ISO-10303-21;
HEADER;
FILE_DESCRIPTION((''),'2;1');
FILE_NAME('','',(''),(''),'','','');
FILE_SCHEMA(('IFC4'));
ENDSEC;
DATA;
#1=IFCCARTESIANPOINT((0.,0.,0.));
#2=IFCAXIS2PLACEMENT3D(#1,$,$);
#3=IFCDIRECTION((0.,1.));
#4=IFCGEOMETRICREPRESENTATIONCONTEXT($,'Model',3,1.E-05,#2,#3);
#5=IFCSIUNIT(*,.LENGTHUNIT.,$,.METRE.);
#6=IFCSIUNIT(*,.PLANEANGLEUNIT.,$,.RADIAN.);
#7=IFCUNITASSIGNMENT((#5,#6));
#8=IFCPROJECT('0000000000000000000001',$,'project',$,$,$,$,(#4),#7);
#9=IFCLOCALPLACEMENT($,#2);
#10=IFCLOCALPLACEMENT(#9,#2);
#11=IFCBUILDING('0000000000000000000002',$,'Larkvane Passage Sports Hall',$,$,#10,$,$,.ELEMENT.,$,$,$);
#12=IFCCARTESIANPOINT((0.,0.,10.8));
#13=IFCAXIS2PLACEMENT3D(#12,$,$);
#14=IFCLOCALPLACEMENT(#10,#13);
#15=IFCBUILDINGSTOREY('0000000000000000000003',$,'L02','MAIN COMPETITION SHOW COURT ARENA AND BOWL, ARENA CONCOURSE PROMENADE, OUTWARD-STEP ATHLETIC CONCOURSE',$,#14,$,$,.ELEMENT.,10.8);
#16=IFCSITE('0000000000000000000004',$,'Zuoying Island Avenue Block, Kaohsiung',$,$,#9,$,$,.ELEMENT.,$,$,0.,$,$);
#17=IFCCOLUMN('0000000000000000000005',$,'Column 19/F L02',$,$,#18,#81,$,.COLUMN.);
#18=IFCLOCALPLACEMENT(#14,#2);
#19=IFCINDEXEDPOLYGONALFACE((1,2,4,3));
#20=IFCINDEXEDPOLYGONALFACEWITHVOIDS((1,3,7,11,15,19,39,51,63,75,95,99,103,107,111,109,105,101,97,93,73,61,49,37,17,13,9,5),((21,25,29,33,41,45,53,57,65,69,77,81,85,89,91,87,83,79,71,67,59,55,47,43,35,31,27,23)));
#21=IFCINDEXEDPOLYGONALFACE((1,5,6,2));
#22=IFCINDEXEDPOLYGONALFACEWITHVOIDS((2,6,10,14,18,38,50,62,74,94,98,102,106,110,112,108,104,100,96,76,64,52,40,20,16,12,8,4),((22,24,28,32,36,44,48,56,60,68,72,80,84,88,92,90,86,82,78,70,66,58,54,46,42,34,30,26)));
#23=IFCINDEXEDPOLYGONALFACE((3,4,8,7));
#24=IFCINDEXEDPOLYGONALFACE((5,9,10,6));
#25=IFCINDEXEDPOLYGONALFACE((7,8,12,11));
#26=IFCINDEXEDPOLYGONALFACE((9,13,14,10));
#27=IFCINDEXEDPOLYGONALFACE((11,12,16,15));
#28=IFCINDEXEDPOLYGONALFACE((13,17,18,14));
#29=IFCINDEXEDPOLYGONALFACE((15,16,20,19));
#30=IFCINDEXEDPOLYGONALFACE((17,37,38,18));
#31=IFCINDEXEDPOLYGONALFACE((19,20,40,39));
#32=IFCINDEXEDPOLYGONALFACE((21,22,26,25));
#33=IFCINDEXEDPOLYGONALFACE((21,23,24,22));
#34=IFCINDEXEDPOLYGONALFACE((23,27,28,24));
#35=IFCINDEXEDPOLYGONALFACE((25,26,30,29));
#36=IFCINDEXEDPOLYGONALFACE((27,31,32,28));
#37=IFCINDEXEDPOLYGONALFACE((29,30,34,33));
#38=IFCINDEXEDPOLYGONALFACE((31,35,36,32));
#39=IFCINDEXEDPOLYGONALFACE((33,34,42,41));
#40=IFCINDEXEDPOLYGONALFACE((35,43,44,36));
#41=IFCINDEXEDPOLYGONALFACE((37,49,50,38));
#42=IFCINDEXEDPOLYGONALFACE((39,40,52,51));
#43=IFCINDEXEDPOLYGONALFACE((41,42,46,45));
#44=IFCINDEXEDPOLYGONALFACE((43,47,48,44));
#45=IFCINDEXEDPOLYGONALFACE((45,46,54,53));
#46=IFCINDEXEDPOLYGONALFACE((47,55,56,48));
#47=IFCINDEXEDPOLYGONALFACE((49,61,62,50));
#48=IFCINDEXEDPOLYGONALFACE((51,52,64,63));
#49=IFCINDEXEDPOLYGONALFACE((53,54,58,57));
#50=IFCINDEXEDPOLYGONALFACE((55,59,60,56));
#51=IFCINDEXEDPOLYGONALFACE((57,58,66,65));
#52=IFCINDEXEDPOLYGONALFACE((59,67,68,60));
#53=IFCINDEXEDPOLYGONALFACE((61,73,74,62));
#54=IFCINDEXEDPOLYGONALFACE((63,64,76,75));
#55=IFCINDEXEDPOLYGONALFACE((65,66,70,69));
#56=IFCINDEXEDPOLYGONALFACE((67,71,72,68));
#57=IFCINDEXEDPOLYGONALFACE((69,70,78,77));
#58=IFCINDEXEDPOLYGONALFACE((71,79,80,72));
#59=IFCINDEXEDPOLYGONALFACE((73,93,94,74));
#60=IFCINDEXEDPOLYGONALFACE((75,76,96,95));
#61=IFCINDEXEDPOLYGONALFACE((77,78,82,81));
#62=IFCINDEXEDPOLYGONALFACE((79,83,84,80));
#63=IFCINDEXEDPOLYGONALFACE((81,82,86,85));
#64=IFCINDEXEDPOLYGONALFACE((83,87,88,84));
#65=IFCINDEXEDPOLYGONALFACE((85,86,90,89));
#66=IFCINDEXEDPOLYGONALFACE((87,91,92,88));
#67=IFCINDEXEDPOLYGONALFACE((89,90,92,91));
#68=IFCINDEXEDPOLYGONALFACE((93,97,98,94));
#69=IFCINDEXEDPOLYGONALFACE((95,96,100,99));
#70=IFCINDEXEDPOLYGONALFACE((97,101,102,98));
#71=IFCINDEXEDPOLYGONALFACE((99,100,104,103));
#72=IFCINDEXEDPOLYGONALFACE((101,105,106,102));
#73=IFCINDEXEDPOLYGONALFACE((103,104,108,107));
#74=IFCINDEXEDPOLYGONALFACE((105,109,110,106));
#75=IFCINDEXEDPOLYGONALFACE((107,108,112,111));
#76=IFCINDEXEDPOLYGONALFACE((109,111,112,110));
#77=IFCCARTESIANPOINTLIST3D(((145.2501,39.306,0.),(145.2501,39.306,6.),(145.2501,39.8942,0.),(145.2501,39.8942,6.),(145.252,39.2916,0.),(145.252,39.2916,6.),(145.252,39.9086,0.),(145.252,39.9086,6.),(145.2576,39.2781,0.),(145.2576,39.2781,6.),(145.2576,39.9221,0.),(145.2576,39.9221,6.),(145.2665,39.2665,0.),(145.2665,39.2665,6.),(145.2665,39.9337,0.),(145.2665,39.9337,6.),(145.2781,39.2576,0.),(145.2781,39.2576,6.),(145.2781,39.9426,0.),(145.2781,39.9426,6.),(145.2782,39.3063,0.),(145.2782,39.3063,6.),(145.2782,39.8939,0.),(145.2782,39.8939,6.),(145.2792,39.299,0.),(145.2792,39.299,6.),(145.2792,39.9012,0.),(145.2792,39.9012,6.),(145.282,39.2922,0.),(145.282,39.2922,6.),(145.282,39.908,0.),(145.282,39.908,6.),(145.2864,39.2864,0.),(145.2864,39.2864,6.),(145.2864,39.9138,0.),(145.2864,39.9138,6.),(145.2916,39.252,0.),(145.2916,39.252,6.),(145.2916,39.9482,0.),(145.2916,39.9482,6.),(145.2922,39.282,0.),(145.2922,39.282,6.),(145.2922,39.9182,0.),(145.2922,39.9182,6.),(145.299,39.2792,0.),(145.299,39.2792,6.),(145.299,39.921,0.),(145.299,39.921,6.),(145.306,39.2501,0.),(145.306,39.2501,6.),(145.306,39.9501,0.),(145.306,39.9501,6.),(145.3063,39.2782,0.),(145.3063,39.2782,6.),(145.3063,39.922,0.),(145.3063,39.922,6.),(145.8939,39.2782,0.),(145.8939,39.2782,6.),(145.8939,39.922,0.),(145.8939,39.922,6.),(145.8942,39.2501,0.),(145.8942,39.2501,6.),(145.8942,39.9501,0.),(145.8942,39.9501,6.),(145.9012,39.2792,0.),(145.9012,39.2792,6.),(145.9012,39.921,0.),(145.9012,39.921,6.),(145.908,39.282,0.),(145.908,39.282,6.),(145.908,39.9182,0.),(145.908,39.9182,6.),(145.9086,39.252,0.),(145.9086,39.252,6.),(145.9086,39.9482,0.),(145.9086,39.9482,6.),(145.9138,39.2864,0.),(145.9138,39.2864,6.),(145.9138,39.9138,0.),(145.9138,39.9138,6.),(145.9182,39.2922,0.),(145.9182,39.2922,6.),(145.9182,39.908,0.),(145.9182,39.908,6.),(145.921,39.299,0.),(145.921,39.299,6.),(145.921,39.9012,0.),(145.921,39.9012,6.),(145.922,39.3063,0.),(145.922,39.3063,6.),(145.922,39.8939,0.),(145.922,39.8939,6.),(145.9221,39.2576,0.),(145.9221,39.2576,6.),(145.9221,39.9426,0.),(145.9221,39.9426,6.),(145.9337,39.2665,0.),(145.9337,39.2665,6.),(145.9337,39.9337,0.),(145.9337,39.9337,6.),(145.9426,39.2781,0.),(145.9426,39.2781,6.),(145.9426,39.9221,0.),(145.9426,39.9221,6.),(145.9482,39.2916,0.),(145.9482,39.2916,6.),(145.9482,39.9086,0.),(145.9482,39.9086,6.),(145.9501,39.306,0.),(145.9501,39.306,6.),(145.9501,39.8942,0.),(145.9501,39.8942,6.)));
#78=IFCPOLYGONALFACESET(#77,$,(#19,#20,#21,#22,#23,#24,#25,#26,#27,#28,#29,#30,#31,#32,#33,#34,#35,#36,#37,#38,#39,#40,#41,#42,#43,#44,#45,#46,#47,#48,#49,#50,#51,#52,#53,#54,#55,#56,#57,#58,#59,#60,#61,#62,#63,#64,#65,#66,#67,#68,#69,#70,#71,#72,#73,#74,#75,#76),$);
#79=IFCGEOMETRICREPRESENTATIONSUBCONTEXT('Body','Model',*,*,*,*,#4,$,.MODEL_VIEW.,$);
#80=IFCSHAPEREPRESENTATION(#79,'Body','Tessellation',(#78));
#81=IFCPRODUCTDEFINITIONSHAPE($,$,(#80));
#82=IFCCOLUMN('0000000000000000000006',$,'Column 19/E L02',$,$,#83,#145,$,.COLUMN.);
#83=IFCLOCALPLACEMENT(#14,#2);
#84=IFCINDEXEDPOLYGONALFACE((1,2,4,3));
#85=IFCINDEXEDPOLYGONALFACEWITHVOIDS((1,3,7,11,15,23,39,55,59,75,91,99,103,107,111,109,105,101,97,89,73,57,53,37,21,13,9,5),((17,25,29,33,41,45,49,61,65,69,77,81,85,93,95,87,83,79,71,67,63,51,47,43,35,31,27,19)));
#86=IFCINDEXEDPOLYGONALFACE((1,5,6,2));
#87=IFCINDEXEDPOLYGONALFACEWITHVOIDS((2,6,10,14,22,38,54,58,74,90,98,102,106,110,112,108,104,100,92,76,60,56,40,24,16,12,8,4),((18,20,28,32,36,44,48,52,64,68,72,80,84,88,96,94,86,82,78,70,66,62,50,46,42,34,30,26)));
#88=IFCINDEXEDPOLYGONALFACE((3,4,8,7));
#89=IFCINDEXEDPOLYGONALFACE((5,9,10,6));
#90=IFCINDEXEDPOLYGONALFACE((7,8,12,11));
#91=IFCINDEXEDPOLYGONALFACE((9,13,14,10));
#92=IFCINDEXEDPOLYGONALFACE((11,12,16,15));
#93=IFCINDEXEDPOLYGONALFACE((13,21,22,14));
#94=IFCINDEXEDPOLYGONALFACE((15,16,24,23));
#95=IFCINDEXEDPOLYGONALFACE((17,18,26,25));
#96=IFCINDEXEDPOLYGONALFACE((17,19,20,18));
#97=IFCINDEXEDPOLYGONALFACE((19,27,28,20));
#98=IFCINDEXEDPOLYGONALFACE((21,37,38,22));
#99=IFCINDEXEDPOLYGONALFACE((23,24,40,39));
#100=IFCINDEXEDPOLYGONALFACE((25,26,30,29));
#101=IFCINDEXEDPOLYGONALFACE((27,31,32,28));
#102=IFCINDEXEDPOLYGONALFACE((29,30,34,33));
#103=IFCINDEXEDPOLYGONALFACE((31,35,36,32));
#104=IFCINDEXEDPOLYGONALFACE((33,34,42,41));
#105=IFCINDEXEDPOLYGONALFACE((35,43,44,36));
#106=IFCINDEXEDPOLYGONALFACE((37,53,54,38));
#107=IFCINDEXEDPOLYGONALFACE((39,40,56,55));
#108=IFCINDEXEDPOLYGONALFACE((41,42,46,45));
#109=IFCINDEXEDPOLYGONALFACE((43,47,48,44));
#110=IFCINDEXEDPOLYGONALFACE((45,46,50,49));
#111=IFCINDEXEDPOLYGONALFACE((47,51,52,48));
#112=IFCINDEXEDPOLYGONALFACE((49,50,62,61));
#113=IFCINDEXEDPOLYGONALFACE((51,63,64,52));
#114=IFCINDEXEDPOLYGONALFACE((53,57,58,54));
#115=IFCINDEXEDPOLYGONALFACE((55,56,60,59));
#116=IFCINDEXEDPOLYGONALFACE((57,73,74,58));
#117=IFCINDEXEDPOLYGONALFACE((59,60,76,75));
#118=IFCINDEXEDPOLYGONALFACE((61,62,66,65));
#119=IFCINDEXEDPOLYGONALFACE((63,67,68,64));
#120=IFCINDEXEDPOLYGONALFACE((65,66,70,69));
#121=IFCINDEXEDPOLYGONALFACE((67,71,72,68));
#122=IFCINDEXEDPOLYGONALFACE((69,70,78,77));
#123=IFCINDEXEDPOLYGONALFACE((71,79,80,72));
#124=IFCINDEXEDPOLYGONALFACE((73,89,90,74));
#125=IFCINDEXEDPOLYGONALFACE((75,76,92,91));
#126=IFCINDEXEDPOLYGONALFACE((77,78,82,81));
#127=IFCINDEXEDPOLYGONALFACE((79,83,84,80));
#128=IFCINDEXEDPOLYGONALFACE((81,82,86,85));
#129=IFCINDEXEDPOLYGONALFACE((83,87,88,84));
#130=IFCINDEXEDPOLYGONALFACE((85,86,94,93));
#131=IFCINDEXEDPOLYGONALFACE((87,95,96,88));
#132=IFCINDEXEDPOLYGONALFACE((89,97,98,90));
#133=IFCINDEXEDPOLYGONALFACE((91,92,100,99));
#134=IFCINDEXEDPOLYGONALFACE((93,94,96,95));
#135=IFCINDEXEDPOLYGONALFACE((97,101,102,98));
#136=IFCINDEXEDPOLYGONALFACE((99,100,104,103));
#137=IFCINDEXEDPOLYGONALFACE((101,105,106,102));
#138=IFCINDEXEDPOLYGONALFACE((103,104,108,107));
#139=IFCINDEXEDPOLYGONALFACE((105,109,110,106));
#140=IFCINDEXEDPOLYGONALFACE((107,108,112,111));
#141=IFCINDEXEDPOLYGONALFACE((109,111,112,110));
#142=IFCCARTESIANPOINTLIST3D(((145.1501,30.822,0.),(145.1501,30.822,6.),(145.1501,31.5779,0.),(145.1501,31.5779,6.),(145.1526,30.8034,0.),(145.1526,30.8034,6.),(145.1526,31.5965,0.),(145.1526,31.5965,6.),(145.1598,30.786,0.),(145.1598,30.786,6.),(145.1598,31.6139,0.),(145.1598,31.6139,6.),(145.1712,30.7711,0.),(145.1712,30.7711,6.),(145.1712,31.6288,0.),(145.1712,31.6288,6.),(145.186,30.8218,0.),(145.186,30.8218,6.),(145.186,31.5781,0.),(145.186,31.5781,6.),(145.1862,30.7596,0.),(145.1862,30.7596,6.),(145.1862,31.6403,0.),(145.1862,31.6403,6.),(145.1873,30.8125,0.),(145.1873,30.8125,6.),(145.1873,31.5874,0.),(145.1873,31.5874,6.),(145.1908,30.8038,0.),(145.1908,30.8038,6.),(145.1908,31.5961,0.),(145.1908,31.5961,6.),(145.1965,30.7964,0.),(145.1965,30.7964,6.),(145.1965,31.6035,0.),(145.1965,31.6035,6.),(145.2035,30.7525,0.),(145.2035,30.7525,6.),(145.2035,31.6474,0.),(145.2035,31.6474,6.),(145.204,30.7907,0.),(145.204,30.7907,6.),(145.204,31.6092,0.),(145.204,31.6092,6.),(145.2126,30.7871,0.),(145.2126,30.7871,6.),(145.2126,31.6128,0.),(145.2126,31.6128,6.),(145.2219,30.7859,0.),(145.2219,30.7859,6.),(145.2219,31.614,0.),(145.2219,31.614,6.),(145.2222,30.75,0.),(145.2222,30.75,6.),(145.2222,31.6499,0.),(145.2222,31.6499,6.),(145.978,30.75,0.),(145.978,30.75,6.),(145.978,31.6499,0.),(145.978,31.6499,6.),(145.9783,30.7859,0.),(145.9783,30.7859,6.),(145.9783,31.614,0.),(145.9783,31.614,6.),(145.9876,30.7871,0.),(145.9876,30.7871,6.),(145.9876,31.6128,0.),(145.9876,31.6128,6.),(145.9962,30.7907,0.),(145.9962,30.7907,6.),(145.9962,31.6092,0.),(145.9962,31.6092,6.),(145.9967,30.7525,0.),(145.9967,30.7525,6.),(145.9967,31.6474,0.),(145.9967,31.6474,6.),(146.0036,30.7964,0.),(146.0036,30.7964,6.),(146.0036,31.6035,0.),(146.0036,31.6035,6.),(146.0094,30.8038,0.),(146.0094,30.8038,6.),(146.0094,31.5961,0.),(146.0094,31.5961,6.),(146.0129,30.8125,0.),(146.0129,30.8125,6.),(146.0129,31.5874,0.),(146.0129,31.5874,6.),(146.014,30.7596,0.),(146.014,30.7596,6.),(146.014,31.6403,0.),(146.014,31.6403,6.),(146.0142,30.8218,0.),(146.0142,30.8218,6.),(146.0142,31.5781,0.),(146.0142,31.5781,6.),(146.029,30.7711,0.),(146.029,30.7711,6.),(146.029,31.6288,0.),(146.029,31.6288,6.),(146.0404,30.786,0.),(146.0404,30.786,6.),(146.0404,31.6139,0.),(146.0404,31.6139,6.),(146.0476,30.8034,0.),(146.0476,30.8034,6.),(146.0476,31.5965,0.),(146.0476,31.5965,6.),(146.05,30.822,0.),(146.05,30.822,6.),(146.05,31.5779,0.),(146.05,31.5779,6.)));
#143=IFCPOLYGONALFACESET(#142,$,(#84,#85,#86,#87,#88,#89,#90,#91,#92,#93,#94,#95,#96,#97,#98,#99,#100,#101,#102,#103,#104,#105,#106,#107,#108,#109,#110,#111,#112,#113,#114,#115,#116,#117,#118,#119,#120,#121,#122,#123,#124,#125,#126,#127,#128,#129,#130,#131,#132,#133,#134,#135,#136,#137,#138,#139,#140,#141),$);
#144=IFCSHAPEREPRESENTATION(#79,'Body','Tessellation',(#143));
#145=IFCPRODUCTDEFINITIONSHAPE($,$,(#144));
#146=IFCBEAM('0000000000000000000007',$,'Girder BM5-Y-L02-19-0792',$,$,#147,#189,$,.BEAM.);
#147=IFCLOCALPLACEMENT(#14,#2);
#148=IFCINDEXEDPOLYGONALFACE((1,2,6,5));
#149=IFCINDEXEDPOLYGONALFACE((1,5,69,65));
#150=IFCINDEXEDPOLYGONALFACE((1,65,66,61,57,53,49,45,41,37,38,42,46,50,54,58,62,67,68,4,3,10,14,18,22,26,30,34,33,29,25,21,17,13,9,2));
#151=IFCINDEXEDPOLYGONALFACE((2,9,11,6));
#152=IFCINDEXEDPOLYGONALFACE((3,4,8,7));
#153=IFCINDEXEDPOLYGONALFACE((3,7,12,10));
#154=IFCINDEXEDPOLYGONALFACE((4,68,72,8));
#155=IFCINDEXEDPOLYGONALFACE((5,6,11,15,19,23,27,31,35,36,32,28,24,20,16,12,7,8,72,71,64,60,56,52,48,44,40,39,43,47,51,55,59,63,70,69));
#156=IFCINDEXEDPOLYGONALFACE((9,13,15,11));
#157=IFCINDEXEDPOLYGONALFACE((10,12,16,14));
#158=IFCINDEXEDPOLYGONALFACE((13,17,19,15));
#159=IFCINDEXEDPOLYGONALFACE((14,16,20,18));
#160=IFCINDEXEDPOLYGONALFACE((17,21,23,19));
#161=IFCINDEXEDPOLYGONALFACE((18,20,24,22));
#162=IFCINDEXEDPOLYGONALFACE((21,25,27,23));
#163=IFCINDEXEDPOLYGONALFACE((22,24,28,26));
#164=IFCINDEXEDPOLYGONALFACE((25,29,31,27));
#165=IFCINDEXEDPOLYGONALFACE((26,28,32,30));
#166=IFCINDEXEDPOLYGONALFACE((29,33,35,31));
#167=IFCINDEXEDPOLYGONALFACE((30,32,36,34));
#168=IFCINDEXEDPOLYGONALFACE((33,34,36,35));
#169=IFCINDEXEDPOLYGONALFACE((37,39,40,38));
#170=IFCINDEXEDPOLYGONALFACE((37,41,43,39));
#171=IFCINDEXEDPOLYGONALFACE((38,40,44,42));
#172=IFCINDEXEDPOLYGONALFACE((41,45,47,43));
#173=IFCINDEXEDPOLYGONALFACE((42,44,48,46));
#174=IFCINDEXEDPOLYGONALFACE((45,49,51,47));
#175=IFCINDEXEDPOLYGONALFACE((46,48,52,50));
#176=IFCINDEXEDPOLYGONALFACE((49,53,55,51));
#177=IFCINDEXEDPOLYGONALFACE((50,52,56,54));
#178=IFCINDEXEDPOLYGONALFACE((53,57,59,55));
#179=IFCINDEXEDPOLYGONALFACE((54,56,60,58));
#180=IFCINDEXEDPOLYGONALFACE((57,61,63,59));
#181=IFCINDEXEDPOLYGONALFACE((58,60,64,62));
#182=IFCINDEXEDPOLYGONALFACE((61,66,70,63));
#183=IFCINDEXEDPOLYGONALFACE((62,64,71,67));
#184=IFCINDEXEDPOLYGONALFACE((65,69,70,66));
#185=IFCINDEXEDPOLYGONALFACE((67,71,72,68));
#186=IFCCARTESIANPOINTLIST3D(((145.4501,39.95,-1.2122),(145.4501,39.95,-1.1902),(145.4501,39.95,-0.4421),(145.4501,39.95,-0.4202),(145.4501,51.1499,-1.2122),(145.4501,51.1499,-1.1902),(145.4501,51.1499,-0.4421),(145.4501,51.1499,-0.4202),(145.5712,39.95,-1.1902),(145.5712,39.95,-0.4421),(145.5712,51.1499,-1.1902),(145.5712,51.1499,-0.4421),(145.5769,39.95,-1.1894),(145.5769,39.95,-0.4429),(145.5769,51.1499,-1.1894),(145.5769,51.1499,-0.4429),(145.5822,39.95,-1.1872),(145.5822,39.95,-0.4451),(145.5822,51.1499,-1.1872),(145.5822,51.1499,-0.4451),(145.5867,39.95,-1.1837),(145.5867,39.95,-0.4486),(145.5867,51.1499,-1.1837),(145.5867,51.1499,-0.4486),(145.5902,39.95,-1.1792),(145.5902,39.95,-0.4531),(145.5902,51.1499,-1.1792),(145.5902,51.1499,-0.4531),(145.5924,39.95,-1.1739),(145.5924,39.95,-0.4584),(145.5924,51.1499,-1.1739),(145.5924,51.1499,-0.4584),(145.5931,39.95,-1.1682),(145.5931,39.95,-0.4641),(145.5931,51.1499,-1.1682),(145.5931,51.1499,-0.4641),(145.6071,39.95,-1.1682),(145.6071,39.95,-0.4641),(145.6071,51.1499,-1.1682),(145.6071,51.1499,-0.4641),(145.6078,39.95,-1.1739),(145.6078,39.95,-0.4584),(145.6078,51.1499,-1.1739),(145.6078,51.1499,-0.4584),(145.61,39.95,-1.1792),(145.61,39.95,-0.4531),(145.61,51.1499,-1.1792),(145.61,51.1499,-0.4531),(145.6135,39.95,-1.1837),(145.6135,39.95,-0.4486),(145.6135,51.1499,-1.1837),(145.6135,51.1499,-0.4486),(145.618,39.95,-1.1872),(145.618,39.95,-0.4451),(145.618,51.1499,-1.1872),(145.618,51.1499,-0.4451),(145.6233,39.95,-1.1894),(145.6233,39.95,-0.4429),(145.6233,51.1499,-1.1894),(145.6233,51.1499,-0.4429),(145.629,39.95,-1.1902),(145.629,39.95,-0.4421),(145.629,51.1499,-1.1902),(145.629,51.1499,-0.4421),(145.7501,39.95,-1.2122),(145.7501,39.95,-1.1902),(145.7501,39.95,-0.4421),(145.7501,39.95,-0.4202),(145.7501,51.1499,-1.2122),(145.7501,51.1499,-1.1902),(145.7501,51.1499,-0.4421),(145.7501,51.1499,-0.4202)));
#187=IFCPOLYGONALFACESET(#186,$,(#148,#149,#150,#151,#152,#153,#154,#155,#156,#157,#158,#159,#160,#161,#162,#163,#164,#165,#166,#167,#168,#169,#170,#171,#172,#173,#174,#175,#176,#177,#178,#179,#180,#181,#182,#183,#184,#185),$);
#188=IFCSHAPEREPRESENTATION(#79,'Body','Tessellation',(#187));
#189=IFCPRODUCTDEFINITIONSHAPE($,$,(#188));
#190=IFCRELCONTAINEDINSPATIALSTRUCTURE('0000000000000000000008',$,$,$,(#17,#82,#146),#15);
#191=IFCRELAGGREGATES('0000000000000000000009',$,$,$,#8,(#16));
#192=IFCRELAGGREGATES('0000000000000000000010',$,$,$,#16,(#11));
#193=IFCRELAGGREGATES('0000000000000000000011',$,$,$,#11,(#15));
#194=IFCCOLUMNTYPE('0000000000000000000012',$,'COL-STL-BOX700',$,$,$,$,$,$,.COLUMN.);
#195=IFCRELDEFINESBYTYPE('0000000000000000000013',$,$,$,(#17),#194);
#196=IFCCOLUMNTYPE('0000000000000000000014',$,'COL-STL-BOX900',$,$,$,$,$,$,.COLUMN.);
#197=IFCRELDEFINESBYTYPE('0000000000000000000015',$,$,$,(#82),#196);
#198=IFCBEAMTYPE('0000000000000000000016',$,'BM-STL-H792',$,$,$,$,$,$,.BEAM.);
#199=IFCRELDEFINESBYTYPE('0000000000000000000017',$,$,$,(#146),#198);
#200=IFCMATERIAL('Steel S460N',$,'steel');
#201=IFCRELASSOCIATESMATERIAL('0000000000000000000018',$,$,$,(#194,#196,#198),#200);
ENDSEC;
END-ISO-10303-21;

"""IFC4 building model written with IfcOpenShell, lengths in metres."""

from ifc_helpers import new_model, si_unit, direction, frame, origin, origin_2d, place, context, subcontext, project, spatial, hollow_rectangle, i_section, extrude, material, material_profile, profile_set, type_object, element, save


model = new_model("IFC4")

# Units and contexts
model_context = context("Model", 3, precision=1e-05, world=origin(), true_north=direction((0.0, 1.0)))
body_context = subcontext(model_context, "Body", "Model", "MODEL_VIEW")
ifc_project = project(units=[si_unit("LENGTHUNIT", "METRE"), si_unit("PLANEANGLEUNIT", "RADIAN")], contexts=[model_context])

# Site, building, storey
site_placement = place(None, origin())
site = spatial("IfcSite", under=ifc_project, at=site_placement, Name="Zuoying Island Avenue Block, Kaohsiung", CompositionType="ELEMENT", RefElevation=0.0)
building_placement = place(site_placement, origin())
building = spatial("IfcBuilding", under=site, at=building_placement, Name="Larkvane Passage Sports Hall", CompositionType="ELEMENT")
storey_placement = place(building_placement, frame((0.0, 0.0, 10.8)))
storey = spatial("IfcBuildingStorey", under=building, at=storey_placement, Name="L02", Description="MAIN COMPETITION SHOW COURT ARENA AND BOWL, ARENA CONCOURSE PROMENADE, OUTWARD-STEP ATHLETIC CONCOURSE", CompositionType="ELEMENT", Elevation=10.8)

# Columns
ifc_material_1 = material(Name="Steel S460N", Category="steel")
ifc_material_profile_1 = material_profile(ifc_material_1, hollow_rectangle(XDim=0.7, YDim=0.7, WallThickness=0.0281, InnerFilletRadius=0.0281, OuterFilletRadius=0.0559, at=origin_2d()), Name="BOX-700x700x28")
ifc_profile_set_1 = profile_set([ifc_material_profile_1], Name="Steel S460N")
column_type_1 = type_object("IfcColumnType", Name="COL-STL-BOX700", PredefinedType="COLUMN", material=ifc_profile_set_1)
column_1_placement = place(storey_placement, frame((145.6001, 39.6001, 0.0), z_axis=(0.0, 0.0, 1.0), x_axis=(1.0, 0.0, 0.0)))
element("IfcColumn", 1, at=column_1_placement, inside=storey, type_object=column_type_1, Name="Column 19/F L02", PredefinedType="COLUMN", context=body_context, shape_type="SweptSolid", body=[
    extrude(hollow_rectangle(XDim=0.7, YDim=0.7, WallThickness=0.0281, InnerFilletRadius=0.0281, OuterFilletRadius=0.0559, at=origin_2d()), origin(), (0.0, 0.0, 1.0), 6.0),
])
ifc_material_profile_2 = material_profile(ifc_material_1, hollow_rectangle(XDim=0.8999, YDim=0.8999, WallThickness=0.0359, InnerFilletRadius=0.0359, OuterFilletRadius=0.072, at=origin_2d()), Name="BOX-900x900x36")
ifc_profile_set_2 = profile_set([ifc_material_profile_2], Name="Steel S460N")
column_type_2 = type_object("IfcColumnType", Name="COL-STL-BOX900", PredefinedType="COLUMN", material=ifc_profile_set_2)
column_2_placement = place(storey_placement, frame((145.6001, 31.2, 0.0), z_axis=(0.0, 0.0, 1.0), x_axis=(1.0, 0.0, 0.0)))
element("IfcColumn", 2, at=column_2_placement, inside=storey, type_object=column_type_2, Name="Column 19/E L02", PredefinedType="COLUMN", context=body_context, shape_type="SweptSolid", body=[
    extrude(hollow_rectangle(XDim=0.8999, YDim=0.8999, WallThickness=0.0359, InnerFilletRadius=0.0359, OuterFilletRadius=0.072, at=origin_2d()), origin(), (0.0, 0.0, 1.0), 6.0),
])

# Beam
ifc_material_profile_3 = material_profile(ifc_material_1, i_section(OverallWidth=0.3, OverallDepth=0.792, WebThickness=0.0139, FlangeThickness=0.022, FilletRadius=0.022, at=origin_2d()), Name="H-792x300x14x22")
ifc_profile_set_3 = profile_set([ifc_material_profile_3], Name="Steel S460N")
beam_type_1 = type_object("IfcBeamType", Name="BM-STL-H792", PredefinedType="BEAM", material=ifc_profile_set_3)
beam_1_placement = place(storey_placement, frame((145.6001, 39.95, -0.8162), z_axis=(0.0, 1.0, 0.0), x_axis=(-1.0, 0.0, 0.0)))
element("IfcBeam", 3, at=beam_1_placement, inside=storey, type_object=beam_type_1, Name="Girder BM5-Y-L02-19-0792", PredefinedType="BEAM", context=body_context, shape_type="SweptSolid", body=[
    extrude(i_section(OverallWidth=0.3, OverallDepth=0.792, WebThickness=0.0139, FlangeThickness=0.022, FilletRadius=0.022, at=origin_2d()), origin(), (0.0, 0.0, 1.0), 11.2),
])

save(model, "model.ifc")
